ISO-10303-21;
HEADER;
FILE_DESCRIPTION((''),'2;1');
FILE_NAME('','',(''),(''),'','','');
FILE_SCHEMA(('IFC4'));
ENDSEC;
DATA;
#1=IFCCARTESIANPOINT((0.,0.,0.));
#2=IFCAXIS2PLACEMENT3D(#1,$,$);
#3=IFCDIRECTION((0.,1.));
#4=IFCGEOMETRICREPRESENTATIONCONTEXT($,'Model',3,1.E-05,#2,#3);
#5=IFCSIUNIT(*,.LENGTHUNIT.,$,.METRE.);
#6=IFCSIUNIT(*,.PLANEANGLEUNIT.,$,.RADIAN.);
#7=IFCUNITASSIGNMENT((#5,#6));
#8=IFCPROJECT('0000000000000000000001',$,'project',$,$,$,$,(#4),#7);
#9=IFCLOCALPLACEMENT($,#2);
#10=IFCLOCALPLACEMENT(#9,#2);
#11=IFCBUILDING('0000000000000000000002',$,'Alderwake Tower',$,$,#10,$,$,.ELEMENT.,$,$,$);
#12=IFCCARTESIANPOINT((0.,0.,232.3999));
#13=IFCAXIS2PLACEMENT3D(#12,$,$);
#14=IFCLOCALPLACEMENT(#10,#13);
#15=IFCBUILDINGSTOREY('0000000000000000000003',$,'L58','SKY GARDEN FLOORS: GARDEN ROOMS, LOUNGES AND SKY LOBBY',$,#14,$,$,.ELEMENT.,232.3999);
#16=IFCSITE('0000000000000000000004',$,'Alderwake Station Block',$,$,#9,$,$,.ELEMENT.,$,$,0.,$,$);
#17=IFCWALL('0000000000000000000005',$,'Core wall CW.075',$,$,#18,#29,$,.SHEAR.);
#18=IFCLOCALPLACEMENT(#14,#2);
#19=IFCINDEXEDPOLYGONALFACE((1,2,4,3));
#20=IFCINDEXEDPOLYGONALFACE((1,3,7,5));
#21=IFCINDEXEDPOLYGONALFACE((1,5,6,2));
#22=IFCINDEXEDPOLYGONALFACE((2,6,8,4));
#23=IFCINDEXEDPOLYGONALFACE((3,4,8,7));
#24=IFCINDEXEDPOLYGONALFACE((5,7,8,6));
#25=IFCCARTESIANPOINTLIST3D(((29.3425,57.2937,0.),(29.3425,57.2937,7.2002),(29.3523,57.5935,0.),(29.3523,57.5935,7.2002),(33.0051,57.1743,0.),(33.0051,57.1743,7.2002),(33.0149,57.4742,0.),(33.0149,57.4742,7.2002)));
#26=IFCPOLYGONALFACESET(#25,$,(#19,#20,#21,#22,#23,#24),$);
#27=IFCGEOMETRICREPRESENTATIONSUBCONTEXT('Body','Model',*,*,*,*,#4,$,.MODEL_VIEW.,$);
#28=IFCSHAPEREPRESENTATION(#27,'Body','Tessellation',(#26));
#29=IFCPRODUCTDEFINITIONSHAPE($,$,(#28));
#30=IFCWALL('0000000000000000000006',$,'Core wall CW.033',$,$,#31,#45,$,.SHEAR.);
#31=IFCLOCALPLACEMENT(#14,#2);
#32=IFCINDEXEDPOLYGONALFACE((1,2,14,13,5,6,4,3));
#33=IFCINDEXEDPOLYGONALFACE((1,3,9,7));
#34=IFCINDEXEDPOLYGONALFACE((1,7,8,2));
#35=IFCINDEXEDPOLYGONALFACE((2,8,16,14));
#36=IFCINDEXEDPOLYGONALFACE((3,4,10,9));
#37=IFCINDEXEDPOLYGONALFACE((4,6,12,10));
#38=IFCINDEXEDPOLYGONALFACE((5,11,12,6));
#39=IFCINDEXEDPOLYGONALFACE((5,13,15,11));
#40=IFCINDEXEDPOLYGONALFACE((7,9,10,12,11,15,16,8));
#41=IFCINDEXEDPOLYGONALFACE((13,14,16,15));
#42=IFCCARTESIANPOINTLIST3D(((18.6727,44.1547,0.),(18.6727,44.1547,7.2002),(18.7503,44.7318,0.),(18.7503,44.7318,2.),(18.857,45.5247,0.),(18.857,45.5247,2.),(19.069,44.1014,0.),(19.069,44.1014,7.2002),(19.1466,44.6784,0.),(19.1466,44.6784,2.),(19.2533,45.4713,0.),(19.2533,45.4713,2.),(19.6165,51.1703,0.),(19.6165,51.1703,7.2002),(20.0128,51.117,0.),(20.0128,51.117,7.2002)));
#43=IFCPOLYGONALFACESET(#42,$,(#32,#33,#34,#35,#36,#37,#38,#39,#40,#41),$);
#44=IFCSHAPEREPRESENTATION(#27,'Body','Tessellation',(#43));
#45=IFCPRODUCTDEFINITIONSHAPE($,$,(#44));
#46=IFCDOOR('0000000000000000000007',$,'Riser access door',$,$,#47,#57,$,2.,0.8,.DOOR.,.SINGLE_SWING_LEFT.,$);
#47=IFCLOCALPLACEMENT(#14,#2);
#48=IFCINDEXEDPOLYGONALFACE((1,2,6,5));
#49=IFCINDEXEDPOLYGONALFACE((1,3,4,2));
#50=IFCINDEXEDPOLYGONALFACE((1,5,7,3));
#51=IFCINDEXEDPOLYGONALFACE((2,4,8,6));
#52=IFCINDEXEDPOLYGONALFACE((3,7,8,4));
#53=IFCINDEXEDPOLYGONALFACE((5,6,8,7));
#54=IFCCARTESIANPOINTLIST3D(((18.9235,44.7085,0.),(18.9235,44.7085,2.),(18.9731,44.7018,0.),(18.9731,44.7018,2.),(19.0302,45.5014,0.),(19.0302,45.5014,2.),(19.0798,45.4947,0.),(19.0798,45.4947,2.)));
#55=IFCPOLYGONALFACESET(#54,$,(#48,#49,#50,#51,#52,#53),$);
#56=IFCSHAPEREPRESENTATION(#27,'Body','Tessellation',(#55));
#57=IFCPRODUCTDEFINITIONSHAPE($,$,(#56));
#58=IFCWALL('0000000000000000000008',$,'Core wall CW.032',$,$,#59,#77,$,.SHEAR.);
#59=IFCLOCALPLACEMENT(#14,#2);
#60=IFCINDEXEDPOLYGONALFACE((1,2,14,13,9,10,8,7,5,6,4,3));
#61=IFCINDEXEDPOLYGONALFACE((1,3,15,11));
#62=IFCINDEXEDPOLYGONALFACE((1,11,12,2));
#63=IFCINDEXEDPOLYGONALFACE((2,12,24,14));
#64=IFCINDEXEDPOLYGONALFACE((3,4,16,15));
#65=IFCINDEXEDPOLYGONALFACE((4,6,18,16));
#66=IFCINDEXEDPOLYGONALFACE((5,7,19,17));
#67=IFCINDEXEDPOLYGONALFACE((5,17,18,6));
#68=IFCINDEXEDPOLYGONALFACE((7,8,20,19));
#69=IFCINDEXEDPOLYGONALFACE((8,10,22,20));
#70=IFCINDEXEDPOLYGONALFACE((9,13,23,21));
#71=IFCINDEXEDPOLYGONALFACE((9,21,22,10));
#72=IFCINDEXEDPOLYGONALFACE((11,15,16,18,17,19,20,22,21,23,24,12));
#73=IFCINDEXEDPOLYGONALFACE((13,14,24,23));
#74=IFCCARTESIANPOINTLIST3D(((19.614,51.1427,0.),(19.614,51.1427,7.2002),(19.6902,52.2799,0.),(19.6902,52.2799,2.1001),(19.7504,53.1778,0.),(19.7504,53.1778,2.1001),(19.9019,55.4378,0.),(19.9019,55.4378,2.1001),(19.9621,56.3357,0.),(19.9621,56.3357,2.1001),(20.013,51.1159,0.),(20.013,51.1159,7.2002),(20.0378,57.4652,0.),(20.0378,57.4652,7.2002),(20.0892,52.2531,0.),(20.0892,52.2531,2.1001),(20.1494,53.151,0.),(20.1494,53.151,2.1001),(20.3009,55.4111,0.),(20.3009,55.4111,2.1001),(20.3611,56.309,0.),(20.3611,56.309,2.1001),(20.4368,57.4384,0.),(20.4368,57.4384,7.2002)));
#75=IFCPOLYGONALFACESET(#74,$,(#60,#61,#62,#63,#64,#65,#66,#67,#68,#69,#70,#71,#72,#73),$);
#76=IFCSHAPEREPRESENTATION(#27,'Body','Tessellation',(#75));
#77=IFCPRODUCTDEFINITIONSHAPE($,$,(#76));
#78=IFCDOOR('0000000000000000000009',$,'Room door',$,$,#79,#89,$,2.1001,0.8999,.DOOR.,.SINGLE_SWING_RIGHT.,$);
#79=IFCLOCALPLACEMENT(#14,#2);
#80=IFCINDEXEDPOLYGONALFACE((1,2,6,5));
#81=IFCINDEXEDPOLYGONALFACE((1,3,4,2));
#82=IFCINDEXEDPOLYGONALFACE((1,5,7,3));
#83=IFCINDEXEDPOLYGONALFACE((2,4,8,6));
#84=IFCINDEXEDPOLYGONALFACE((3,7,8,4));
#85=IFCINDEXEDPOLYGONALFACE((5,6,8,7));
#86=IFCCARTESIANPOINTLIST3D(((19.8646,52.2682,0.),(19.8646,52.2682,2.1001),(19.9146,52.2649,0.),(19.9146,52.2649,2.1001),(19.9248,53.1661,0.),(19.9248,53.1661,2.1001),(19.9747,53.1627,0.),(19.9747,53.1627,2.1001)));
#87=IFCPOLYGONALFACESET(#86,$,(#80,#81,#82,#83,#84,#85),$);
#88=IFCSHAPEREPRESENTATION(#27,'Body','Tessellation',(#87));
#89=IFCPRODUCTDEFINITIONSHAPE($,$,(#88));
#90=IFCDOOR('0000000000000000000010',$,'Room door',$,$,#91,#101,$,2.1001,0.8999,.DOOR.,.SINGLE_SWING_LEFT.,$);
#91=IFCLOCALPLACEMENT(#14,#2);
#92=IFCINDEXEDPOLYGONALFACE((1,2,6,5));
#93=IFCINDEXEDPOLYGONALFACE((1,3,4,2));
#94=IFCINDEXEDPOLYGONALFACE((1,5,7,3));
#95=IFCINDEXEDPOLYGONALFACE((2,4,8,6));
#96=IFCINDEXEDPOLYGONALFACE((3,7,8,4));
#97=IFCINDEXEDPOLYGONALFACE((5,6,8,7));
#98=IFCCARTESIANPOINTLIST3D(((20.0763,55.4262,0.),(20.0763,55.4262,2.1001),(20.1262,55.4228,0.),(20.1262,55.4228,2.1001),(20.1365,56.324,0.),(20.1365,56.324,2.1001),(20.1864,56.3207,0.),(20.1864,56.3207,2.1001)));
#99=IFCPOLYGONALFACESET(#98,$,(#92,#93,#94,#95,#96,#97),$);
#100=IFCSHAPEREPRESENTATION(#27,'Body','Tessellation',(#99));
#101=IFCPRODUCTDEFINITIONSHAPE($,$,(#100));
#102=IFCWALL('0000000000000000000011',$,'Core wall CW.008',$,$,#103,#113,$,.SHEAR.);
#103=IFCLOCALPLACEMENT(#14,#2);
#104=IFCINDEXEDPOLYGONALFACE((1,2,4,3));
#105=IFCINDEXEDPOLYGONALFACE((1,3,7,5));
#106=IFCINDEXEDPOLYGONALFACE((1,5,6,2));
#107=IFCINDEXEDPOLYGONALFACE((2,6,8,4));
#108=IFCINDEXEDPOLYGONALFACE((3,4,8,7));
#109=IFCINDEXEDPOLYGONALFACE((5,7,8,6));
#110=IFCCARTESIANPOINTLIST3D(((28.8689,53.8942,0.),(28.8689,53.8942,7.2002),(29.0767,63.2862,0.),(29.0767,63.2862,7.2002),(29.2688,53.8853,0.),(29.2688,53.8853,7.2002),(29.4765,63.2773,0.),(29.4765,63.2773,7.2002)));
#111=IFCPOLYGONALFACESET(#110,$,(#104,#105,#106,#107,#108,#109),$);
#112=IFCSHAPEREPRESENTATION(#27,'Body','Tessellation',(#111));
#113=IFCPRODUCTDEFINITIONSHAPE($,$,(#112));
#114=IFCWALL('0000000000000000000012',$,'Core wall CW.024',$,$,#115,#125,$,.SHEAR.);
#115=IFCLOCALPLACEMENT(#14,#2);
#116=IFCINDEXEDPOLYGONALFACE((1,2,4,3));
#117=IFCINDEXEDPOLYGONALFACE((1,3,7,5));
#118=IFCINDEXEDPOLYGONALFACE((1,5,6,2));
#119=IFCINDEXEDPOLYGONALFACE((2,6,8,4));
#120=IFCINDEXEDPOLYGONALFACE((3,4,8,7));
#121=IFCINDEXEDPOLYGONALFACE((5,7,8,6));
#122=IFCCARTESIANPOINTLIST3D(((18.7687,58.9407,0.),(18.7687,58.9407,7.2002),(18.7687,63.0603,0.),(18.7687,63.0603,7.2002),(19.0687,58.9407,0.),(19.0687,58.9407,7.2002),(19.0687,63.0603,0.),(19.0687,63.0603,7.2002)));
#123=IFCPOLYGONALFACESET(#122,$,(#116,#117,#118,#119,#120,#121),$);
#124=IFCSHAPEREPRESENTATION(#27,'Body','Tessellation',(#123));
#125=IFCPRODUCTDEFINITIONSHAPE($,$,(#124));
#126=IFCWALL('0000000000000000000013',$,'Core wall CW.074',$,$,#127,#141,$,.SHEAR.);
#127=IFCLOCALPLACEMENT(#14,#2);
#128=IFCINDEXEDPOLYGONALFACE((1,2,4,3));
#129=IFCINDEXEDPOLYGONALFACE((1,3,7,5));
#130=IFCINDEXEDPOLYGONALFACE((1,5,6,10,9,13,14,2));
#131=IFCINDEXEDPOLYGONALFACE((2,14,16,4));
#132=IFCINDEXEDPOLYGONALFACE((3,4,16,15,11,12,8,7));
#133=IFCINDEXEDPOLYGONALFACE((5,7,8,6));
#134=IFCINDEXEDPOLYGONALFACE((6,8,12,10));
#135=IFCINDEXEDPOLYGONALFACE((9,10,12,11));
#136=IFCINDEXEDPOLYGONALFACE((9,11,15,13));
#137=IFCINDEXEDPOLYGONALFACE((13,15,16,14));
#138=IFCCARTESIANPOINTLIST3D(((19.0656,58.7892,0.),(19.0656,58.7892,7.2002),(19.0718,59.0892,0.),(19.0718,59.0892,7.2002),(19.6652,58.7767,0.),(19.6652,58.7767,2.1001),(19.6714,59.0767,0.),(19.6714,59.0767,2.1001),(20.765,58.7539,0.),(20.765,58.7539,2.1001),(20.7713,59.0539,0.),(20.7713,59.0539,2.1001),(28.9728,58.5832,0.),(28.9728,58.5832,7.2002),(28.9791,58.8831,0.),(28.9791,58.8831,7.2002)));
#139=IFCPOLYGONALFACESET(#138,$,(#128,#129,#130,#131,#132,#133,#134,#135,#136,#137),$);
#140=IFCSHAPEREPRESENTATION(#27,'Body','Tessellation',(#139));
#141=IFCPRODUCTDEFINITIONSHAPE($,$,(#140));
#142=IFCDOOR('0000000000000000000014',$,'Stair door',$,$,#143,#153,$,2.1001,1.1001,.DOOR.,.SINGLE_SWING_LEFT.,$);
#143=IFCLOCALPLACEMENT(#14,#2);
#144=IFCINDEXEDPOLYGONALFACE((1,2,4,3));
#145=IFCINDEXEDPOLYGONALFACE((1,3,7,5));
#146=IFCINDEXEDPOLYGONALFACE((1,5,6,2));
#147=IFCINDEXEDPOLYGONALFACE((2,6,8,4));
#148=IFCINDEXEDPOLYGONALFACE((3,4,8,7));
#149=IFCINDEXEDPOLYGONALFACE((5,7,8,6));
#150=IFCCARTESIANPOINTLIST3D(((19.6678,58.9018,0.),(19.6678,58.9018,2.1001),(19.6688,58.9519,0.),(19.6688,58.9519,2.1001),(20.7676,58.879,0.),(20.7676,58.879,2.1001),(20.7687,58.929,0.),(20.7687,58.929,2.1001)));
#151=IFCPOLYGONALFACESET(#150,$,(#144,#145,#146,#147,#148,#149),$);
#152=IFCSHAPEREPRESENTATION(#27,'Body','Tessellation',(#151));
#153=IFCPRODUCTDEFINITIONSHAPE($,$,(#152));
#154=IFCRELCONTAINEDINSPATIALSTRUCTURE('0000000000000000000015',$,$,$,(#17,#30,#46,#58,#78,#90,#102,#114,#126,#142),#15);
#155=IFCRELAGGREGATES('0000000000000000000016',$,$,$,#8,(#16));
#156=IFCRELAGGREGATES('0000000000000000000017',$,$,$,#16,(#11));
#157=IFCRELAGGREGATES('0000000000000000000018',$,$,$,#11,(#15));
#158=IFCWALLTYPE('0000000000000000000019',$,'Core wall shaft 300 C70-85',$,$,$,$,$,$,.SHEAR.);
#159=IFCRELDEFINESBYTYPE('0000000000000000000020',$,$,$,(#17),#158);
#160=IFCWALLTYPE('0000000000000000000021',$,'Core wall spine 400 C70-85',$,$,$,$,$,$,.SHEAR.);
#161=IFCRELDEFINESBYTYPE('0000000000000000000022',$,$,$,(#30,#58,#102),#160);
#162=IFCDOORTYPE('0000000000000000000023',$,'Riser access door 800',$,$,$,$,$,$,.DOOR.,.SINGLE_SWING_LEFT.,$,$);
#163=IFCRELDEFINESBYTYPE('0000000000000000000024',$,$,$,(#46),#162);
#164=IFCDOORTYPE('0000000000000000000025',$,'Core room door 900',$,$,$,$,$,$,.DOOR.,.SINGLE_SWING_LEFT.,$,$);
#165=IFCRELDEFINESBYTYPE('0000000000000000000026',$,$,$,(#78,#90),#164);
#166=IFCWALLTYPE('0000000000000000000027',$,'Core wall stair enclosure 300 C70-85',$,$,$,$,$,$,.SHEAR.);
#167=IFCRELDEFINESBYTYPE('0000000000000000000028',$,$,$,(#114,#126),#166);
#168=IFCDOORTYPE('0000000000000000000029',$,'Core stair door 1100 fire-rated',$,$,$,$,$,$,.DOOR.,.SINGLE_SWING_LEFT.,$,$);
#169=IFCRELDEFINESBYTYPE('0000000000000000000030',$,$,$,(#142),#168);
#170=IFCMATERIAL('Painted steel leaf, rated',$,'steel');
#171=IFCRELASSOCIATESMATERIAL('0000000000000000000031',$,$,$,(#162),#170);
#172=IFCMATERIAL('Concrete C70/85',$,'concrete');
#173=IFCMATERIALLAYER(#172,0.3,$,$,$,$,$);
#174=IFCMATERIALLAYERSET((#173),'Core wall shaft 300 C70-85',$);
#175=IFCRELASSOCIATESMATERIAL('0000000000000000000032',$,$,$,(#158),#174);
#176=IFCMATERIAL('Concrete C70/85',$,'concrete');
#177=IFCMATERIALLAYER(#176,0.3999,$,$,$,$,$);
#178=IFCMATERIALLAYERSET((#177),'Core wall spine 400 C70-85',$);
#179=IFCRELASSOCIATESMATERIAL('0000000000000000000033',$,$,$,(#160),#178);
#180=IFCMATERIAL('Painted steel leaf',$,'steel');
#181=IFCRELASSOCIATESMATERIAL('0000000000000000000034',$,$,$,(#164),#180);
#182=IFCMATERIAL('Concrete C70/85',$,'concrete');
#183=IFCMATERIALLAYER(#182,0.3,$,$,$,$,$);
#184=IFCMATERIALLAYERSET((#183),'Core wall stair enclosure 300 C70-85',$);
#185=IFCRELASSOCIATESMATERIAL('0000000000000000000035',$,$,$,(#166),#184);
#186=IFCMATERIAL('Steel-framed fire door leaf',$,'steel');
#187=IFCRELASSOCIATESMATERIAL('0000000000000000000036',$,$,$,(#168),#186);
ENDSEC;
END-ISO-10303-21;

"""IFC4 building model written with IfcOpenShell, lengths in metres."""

from ifc_helpers import new_model, si_unit, direction, frame, frame_2d, origin, place, context, subcontext, project, spatial, rectangle, extrude, material, layer, layer_set, type_object, element, fill, save


model = new_model("IFC4")

# Units and contexts
model_context = context("Model", 3, precision=1e-05, world=origin(), true_north=direction((0.0, 1.0)))
body_context = subcontext(model_context, "Body", "Model", "MODEL_VIEW")
ifc_project = project(units=[si_unit("LENGTHUNIT", "METRE"), si_unit("PLANEANGLEUNIT", "RADIAN")], contexts=[model_context])

# Site, building, storey
site_placement = place(None, origin())
site = spatial("IfcSite", under=ifc_project, at=site_placement, Name="Alderwake Station Block", CompositionType="ELEMENT", RefElevation=0.0)
building_placement = place(site_placement, origin())
building = spatial("IfcBuilding", under=site, at=building_placement, Name="Alderwake Tower", CompositionType="ELEMENT")
storey_placement = place(building_placement, frame((0.0, 0.0, 232.3999)))
storey = spatial("IfcBuildingStorey", under=building, at=storey_placement, Name="L58", Description="SKY GARDEN FLOORS: GARDEN ROOMS, LOUNGES AND SKY LOBBY", CompositionType="ELEMENT", Elevation=232.3999)

# Shared definitions
ifc_material_1 = material(Name="Painted steel leaf, rated", Category="steel")
door_type_1 = type_object("IfcDoorType", Name="Riser access door 800", OperationType="SINGLE_SWING_LEFT", PredefinedType="DOOR", material=ifc_material_1)

# Wall
ifc_material_2 = material(Name="Concrete C70/85", Category="concrete")
ifc_layer_1 = layer(ifc_material_2, 0.3)
ifc_layer_set_1 = layer_set([ifc_layer_1], Name="Core wall shaft 300 C70-85")
wall_type_1 = type_object("IfcWallType", Name="Core wall shaft 300 C70-85", PredefinedType="SHEAR", material=ifc_layer_set_1)
wall_1_placement = place(storey_placement, frame((29.3474, 57.4436, 0.0), z_axis=(0.0, 0.0, 1.0), x_axis=(0.999469, -0.032578, 0.0)))
element("IfcWall", 1, at=wall_1_placement, inside=storey, type_object=wall_type_1, Name="Core wall CW.075", PredefinedType="SHEAR", context=body_context, shape_type="SweptSolid", body=[
    extrude(rectangle(XDim=3.6646, YDim=0.3, at=frame_2d((1.8323, 0.0))), origin(), (0.0, 0.0, 1.0), 7.2002),
])

# Wall, opening, door
ifc_material_3 = material(Name="Concrete C70/85", Category="concrete")
ifc_layer_2 = layer(ifc_material_3, 0.3999)
ifc_layer_set_2 = layer_set([ifc_layer_2], Name="Core wall spine 400 C70-85")
wall_type_2 = type_object("IfcWallType", Name="Core wall spine 400 C70-85", PredefinedType="SHEAR", material=ifc_layer_set_2)
wall_2_placement = place(storey_placement, frame((19.8147, 51.1438, 0.0), z_axis=(0.0, 0.0, 1.0), x_axis=(-0.133334, -0.991071, 0.0)))
wall_2 = element("IfcWall", 2, at=wall_2_placement, inside=storey, type_object=wall_type_2, Name="Core wall CW.033", PredefinedType="SHEAR", context=body_context, shape_type="SweptSolid", body=[
    extrude(rectangle(XDim=7.0789, YDim=0.3999, at=frame_2d((3.5396, 0.0))), origin(), (0.0, 0.0, 1.0), 7.2002),
])
opening_1_placement = place(wall_2_placement, frame((5.6968, 0.0, 0.0)))
opening_1 = element("IfcOpeningElement", 3, at=opening_1_placement, cuts=wall_2, PredefinedType="OPENING", context=body_context, shape_type="SweptSolid", body=[
    extrude(rectangle(XDim=0.8, YDim=2.0, at=frame_2d((0.3999, 1.0))), frame((0.0, 0.21, 0.0), z_axis=(0.0, -1.0, 0.0), x_axis=(1.0, 0.0, 0.0)), (0.0, 0.0, 1.0), 0.4199),
])
door_1_placement = place(opening_1_placement, origin())
door_1 = element("IfcDoor", 4, at=door_1_placement, inside=storey, type_object=door_type_1, Name="Riser access door", OperationType="SINGLE_SWING_LEFT", OverallHeight=2.0, OverallWidth=0.8, PredefinedType="DOOR", context=body_context, shape_type="SweptSolid", body=[
    extrude(rectangle(XDim=0.8, YDim=2.0, at=frame_2d((0.3999, 1.0))), frame((0.0, 0.0249, 0.0), z_axis=(0.0, -1.0, 0.0), x_axis=(1.0, 0.0, 0.0)), (0.0, 0.0, 1.0), 0.05),
])
fill(opening_1, door_1)

# Wall, openings, doors
wall_3_placement = place(storey_placement, frame((20.2373, 57.4519, 0.0), z_axis=(0.0, 0.0, 1.0), x_axis=(-0.066885, -0.997761, 0.0)))
wall_3 = element("IfcWall", 5, at=wall_3_placement, inside=storey, type_object=wall_type_2, Name="Core wall CW.032", PredefinedType="SHEAR", context=body_context, shape_type="SweptSolid", body=[
    extrude(rectangle(XDim=6.3367, YDim=0.3999, at=frame_2d((3.1685, 0.0))), origin(), (0.0, 0.0, 1.0), 7.2002),
])
opening_2_placement = place(wall_3_placement, frame((4.2971, 0.0, 0.0)))
opening_2 = element("IfcOpeningElement", 6, at=opening_2_placement, cuts=wall_3, PredefinedType="OPENING", context=body_context, shape_type="SweptSolid", body=[
    extrude(rectangle(XDim=0.8999, YDim=2.1001, at=frame_2d((0.45, 1.05))), frame((0.0, 0.21, 0.0), z_axis=(0.0, -1.0, 0.0), x_axis=(1.0, 0.0, 0.0)), (0.0, 0.0, 1.0), 0.4199),
])
opening_3_placement = place(wall_3_placement, frame((1.1321, 0.0, 0.0)))
opening_3 = element("IfcOpeningElement", 7, at=opening_3_placement, cuts=wall_3, PredefinedType="OPENING", context=body_context, shape_type="SweptSolid", body=[
    extrude(rectangle(XDim=0.8999, YDim=2.1001, at=frame_2d((0.45, 1.05))), frame((0.0, 0.21, 0.0), z_axis=(0.0, -1.0, 0.0), x_axis=(1.0, 0.0, 0.0)), (0.0, 0.0, 1.0), 0.4199),
])
ifc_material_4 = material(Name="Painted steel leaf", Category="steel")
door_type_2 = type_object("IfcDoorType", Name="Core room door 900", OperationType="SINGLE_SWING_LEFT", PredefinedType="DOOR", material=ifc_material_4)
door_2_placement = place(opening_2_placement, origin())
door_2 = element("IfcDoor", 8, at=door_2_placement, inside=storey, type_object=door_type_2, Name="Room door", OperationType="SINGLE_SWING_RIGHT", OverallHeight=2.1001, OverallWidth=0.8999, PredefinedType="DOOR", context=body_context, shape_type="SweptSolid", body=[
    extrude(rectangle(XDim=0.8999, YDim=2.1001, at=frame_2d((0.45, 1.05))), frame((0.0, 0.0249, 0.0), z_axis=(0.0, -1.0, 0.0), x_axis=(1.0, 0.0, 0.0)), (0.0, 0.0, 1.0), 0.05),
])
fill(opening_2, door_2)
door_3_placement = place(opening_3_placement, origin())
door_3 = element("IfcDoor", 9, at=door_3_placement, inside=storey, type_object=door_type_2, Name="Room door", OperationType="SINGLE_SWING_LEFT", OverallHeight=2.1001, OverallWidth=0.8999, PredefinedType="DOOR", context=body_context, shape_type="SweptSolid", body=[
    extrude(rectangle(XDim=0.8999, YDim=2.1001, at=frame_2d((0.45, 1.05))), frame((0.0, 0.0249, 0.0), z_axis=(0.0, -1.0, 0.0), x_axis=(1.0, 0.0, 0.0)), (0.0, 0.0, 1.0), 0.05),
])
fill(opening_3, door_3)

# Walls
wall_4_placement = place(storey_placement, frame((29.0688, 53.8896, 0.0), z_axis=(0.0, 0.0, 1.0), x_axis=(0.022116, 0.999755, 0.0)))
element("IfcWall", 10, at=wall_4_placement, inside=storey, type_object=wall_type_2, Name="Core wall CW.008", PredefinedType="SHEAR", context=body_context, shape_type="SweptSolid", body=[
    extrude(rectangle(XDim=9.3943, YDim=0.3999, at=frame_2d((4.6973, 0.0))), origin(), (0.0, 0.0, 1.0), 7.2002),
])
ifc_material_5 = material(Name="Concrete C70/85", Category="concrete")
ifc_layer_3 = layer(ifc_material_5, 0.3)
ifc_layer_set_3 = layer_set([ifc_layer_3], Name="Core wall stair enclosure 300 C70-85")
wall_type_3 = type_object("IfcWallType", Name="Core wall stair enclosure 300 C70-85", PredefinedType="SHEAR", material=ifc_layer_set_3)
wall_5_placement = place(storey_placement, frame((18.9187, 58.9407, 0.0), z_axis=(0.0, 0.0, 1.0), x_axis=(0.0, 1.0, 0.0)))
element("IfcWall", 11, at=wall_5_placement, inside=storey, type_object=wall_type_3, Name="Core wall CW.024", PredefinedType="SHEAR", context=body_context, shape_type="SweptSolid", body=[
    extrude(rectangle(XDim=4.1196, YDim=0.3, at=frame_2d((2.0598, 0.0))), origin(), (0.0, 0.0, 1.0), 7.2002),
])

# Wall, opening, door
wall_6_placement = place(storey_placement, frame((28.9758, 58.7332, 0.0), z_axis=(0.0, 0.0, 1.0), x_axis=(-0.999784, 0.020794, 0.0)))
wall_6 = element("IfcWall", 12, at=wall_6_placement, inside=storey, type_object=wall_type_3, Name="Core wall CW.074", PredefinedType="SHEAR", context=body_context, shape_type="SweptSolid", body=[
    extrude(rectangle(XDim=9.9094, YDim=0.3, at=frame_2d((4.9546, 0.0))), origin(), (0.0, 0.0, 1.0), 7.2002),
])
opening_4_placement = place(wall_6_placement, frame((8.2095, 0.0, 0.0)))
opening_4 = element("IfcOpeningElement", 13, at=opening_4_placement, cuts=wall_6, PredefinedType="OPENING", context=body_context, shape_type="SweptSolid", body=[
    extrude(rectangle(XDim=1.1001, YDim=2.1001, at=frame_2d((0.55, 1.05))), frame((0.0, 0.1599, 0.0), z_axis=(0.0, -1.0, 0.0), x_axis=(1.0, 0.0, 0.0)), (0.0, 0.0, 1.0), 0.3201),
])
ifc_material_6 = material(Name="Steel-framed fire door leaf", Category="steel")
door_type_3 = type_object("IfcDoorType", Name="Core stair door 1100 fire-rated", OperationType="SINGLE_SWING_LEFT", PredefinedType="DOOR", material=ifc_material_6)
door_4_placement = place(opening_4_placement, origin())
door_4 = element("IfcDoor", 14, at=door_4_placement, inside=storey, type_object=door_type_3, Name="Stair door", OperationType="SINGLE_SWING_LEFT", OverallHeight=2.1001, OverallWidth=1.1001, PredefinedType="DOOR", context=body_context, shape_type="SweptSolid", body=[
    extrude(rectangle(XDim=1.1001, YDim=2.1001, at=frame_2d((0.55, 1.05))), frame((0.0, 0.0249, 0.0), z_axis=(0.0, -1.0, 0.0), x_axis=(1.0, 0.0, 0.0)), (0.0, 0.0, 1.0), 0.05),
])
fill(opening_4, door_4)

save(model, "model.ifc")
